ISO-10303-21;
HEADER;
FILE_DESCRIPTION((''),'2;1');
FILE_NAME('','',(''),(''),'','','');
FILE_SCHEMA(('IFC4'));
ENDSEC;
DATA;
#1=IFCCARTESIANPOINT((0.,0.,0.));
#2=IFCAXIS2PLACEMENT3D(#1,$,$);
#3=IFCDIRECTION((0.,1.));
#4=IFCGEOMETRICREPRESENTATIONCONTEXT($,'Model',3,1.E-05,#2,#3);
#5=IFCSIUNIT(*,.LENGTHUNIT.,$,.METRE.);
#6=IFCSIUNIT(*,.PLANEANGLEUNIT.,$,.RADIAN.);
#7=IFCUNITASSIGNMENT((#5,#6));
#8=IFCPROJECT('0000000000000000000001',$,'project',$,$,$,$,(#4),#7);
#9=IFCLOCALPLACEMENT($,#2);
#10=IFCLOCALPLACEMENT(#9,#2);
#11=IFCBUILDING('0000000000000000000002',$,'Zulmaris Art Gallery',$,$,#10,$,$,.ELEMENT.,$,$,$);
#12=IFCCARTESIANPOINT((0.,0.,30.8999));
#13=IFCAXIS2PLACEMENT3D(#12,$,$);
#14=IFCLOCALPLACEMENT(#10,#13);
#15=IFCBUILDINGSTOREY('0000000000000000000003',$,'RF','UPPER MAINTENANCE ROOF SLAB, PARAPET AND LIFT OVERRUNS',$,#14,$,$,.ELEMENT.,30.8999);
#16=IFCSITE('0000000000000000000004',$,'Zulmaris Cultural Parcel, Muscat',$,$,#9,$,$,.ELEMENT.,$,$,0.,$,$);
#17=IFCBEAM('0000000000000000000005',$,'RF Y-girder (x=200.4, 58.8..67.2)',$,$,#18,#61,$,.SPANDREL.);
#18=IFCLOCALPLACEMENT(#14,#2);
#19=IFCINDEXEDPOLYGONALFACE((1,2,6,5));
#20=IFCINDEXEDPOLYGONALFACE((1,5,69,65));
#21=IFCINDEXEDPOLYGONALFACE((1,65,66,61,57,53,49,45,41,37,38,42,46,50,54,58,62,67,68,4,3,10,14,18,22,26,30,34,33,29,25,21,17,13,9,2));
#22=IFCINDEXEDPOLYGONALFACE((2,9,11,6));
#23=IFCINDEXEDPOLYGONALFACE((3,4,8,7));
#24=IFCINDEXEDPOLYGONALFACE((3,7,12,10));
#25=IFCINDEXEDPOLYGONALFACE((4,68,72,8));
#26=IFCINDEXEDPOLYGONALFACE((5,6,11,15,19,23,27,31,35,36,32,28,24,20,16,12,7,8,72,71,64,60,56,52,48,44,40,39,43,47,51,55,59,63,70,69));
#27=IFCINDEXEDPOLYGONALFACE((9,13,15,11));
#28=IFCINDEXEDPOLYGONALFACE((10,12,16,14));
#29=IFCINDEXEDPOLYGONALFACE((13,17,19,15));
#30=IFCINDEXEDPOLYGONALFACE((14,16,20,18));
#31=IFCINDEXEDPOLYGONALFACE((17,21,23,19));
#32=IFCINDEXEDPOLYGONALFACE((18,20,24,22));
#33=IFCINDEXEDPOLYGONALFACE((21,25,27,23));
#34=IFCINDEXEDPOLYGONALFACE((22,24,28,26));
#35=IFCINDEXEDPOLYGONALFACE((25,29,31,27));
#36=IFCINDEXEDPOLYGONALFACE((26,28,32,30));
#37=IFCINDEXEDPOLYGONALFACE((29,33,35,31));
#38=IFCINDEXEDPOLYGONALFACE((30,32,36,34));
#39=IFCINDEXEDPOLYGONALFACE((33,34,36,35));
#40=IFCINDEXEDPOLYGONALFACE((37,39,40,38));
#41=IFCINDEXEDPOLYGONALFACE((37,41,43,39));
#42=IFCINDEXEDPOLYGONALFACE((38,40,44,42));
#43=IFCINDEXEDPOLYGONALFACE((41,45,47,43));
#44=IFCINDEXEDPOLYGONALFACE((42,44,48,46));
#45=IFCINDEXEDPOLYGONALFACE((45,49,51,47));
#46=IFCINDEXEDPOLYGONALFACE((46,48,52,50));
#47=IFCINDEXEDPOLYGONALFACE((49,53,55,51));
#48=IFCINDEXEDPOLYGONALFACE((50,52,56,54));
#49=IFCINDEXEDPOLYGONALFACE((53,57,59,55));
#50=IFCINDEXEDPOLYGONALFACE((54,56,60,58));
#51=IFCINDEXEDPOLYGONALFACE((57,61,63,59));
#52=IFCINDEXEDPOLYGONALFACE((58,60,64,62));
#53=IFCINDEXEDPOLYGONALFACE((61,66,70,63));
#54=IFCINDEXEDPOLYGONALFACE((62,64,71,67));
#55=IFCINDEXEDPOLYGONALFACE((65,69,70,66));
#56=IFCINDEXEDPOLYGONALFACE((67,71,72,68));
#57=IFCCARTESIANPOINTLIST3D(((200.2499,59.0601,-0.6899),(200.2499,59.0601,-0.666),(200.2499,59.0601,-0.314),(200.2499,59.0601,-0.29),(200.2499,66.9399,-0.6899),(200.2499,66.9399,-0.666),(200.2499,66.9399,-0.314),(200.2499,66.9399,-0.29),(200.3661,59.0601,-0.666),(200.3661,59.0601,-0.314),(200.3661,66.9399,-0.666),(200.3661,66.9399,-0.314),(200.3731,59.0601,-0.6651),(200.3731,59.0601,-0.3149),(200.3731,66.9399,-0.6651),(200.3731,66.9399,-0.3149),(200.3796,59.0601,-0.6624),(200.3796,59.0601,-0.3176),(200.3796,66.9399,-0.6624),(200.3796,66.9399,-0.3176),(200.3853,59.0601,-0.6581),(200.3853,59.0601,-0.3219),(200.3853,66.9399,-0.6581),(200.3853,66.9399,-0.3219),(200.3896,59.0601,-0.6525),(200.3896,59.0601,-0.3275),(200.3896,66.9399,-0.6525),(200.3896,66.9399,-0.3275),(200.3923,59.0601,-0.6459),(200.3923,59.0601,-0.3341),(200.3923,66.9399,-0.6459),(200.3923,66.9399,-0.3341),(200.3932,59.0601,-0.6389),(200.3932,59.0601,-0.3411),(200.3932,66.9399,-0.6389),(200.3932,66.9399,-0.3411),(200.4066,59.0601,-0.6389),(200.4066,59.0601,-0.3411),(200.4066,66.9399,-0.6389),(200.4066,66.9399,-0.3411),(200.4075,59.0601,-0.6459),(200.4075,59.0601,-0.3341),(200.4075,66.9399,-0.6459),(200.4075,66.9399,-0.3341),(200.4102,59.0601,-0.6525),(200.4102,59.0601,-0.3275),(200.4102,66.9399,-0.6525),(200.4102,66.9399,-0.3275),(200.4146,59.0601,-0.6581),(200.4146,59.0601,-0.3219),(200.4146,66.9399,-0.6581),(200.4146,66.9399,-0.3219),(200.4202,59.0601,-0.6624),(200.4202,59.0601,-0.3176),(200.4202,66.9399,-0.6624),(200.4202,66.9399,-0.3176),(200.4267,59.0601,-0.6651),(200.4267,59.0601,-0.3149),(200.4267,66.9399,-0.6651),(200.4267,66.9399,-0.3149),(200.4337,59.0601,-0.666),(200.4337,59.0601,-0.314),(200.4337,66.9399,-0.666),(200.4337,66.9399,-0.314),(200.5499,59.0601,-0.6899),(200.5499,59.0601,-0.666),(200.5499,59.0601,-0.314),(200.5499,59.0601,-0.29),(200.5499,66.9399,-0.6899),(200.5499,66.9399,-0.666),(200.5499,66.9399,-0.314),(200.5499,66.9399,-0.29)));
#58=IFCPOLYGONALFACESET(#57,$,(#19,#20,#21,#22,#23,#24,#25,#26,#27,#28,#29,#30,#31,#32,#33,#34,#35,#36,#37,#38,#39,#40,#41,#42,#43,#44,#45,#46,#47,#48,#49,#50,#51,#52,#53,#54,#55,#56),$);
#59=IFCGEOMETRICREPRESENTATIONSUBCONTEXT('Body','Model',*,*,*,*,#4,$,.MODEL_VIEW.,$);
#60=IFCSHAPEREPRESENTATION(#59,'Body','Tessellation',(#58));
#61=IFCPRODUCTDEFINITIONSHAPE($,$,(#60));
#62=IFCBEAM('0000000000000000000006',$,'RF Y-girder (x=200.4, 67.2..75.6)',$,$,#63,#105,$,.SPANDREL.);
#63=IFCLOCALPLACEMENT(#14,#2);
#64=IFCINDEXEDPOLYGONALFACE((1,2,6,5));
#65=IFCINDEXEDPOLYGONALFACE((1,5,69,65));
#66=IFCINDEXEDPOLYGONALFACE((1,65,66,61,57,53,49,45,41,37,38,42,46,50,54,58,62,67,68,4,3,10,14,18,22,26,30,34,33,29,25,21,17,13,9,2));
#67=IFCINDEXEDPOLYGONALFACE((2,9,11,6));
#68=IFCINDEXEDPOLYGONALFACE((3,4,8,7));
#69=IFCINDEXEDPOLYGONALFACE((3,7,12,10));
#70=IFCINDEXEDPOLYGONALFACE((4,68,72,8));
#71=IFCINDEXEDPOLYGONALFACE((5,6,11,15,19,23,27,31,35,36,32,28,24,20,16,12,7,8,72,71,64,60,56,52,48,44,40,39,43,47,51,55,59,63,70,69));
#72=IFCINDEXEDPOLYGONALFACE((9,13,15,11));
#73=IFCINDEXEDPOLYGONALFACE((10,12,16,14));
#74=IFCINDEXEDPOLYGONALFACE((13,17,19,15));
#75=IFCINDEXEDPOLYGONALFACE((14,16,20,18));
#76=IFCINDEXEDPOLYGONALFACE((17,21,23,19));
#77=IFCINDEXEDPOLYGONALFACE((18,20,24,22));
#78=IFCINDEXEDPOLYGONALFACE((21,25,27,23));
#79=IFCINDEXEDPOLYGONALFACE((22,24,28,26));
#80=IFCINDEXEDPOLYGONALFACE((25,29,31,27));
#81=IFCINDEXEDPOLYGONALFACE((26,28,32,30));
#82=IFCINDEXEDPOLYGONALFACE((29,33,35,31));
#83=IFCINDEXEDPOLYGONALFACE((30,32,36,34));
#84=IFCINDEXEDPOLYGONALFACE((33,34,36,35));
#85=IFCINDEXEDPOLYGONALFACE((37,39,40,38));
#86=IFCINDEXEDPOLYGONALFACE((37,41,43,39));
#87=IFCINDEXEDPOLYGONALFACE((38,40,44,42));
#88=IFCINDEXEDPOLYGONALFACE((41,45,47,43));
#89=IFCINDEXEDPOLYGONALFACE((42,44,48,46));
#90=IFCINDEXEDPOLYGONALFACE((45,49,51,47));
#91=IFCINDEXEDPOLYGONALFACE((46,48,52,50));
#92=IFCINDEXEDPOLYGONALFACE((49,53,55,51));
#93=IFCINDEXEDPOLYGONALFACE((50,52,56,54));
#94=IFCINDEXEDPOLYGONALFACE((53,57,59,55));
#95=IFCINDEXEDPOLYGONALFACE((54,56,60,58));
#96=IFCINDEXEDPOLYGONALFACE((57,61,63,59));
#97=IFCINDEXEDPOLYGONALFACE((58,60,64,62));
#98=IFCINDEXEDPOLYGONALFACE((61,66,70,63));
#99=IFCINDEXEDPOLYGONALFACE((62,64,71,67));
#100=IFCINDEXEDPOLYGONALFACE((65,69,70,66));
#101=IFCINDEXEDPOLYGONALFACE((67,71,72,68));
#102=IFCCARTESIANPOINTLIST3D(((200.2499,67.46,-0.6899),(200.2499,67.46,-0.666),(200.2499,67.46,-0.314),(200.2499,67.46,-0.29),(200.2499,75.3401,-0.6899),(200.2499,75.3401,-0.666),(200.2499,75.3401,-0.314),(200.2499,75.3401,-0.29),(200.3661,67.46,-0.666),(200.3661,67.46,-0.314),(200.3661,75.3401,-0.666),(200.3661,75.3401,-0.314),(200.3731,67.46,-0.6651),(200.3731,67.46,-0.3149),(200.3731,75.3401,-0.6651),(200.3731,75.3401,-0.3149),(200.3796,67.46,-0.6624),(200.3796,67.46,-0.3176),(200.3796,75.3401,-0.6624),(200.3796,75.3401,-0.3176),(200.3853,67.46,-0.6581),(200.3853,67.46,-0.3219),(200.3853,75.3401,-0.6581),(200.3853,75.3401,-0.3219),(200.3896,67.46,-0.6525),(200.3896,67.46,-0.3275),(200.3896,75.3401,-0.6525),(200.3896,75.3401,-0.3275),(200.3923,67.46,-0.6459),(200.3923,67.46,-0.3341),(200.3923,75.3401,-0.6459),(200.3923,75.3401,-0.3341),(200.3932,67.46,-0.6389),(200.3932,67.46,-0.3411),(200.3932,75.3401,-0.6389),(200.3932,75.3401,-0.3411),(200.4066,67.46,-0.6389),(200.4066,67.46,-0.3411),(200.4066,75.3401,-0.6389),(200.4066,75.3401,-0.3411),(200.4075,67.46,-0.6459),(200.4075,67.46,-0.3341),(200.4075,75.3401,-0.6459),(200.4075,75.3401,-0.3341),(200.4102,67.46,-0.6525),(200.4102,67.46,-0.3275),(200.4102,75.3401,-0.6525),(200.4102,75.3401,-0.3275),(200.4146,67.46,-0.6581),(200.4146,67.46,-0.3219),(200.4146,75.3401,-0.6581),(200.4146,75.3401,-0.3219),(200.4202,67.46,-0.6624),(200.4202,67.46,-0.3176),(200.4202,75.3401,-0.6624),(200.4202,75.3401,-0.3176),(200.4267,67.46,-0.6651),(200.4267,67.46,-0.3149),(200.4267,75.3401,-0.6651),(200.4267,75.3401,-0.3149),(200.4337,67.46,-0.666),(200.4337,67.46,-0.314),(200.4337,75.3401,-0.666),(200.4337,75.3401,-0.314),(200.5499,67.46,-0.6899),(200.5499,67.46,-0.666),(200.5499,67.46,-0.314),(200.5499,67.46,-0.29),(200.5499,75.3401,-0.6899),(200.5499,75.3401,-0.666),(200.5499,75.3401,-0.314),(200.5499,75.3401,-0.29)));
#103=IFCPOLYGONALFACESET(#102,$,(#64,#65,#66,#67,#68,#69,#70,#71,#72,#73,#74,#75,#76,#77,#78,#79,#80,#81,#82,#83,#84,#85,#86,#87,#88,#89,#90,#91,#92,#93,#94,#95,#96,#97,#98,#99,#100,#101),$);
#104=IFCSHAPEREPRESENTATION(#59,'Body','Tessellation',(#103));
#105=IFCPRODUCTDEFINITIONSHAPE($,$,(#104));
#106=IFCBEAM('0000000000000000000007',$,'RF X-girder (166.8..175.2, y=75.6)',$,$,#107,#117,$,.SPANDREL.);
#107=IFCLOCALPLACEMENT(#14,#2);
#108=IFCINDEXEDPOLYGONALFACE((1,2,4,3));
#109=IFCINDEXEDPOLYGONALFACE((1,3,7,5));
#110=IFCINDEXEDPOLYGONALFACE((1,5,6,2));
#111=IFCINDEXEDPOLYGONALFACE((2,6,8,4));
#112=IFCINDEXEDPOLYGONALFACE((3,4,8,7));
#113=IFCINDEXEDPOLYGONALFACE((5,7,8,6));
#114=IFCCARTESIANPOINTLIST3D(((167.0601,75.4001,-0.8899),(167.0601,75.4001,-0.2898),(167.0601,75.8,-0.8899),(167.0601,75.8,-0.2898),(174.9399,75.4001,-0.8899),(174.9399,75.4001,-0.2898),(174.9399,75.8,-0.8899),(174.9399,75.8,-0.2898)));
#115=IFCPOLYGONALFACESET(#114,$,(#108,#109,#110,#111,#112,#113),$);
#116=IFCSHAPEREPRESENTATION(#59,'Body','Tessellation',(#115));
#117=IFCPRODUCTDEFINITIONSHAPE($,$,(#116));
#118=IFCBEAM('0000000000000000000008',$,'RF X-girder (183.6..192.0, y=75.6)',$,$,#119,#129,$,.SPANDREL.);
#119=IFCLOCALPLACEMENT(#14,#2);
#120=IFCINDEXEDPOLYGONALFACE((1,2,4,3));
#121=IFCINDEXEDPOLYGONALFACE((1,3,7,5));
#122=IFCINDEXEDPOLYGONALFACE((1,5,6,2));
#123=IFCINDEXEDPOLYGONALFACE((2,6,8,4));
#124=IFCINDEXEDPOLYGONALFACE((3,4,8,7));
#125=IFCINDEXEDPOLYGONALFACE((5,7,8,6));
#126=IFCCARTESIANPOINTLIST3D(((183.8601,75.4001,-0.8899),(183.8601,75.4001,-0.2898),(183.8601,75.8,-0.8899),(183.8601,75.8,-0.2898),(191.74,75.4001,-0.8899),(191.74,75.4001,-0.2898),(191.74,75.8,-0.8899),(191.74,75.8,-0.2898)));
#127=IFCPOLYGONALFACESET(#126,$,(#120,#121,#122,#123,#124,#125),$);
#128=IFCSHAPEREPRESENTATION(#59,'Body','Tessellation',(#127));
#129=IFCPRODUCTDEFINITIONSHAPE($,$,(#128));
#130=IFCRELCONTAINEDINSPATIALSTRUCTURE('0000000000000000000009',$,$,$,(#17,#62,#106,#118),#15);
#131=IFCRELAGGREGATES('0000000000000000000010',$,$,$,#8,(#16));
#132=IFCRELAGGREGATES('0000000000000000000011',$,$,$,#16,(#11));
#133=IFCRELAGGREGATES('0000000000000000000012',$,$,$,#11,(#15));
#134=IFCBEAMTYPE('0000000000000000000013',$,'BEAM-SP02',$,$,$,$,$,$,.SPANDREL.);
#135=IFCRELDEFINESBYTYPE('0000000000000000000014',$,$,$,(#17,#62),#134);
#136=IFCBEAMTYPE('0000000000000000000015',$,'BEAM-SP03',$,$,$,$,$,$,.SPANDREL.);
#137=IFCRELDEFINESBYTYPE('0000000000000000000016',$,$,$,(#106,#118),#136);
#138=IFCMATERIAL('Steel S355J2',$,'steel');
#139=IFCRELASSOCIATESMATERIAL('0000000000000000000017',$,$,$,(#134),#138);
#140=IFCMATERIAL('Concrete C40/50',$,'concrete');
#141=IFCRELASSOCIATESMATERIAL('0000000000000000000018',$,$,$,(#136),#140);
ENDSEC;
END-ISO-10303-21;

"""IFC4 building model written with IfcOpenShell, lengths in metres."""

from ifc_helpers import new_model, si_unit, direction, frame, origin, origin_2d, place, context, subcontext, project, spatial, rectangle, i_section, extrude, material, material_profile, profile_set, type_object, element, save


model = new_model("IFC4")

# Units and contexts
model_context = context("Model", 3, precision=1e-05, world=origin(), true_north=direction((0.0, 1.0)))
body_context = subcontext(model_context, "Body", "Model", "MODEL_VIEW")
ifc_project = project(units=[si_unit("LENGTHUNIT", "METRE"), si_unit("PLANEANGLEUNIT", "RADIAN")], contexts=[model_context])

# Site, building, storey
site_placement = place(None, origin())
site = spatial("IfcSite", under=ifc_project, at=site_placement, Name="Zulmaris Cultural Parcel, Muscat", CompositionType="ELEMENT", RefElevation=0.0)
building_placement = place(site_placement, origin())
building = spatial("IfcBuilding", under=site, at=building_placement, Name="Zulmaris Art Gallery", CompositionType="ELEMENT")
storey_placement = place(building_placement, frame((0.0, 0.0, 30.8999)))
storey = spatial("IfcBuildingStorey", under=building, at=storey_placement, Name="RF", Description="UPPER MAINTENANCE ROOF SLAB, PARAPET AND LIFT OVERRUNS", CompositionType="ELEMENT", Elevation=30.8999)

# Beams
ifc_material_1 = material(Name="Steel S355J2", Category="steel")
ifc_material_profile_1 = material_profile(ifc_material_1, i_section(OverallWidth=0.3, OverallDepth=0.3999, WebThickness=0.0134, FlangeThickness=0.0239, FilletRadius=0.0271, at=origin_2d()), Name="HEB 400")
ifc_profile_set_1 = profile_set([ifc_material_profile_1], Name="Steel S355J2")
beam_type_1 = type_object("IfcBeamType", Name="BEAM-SP02", PredefinedType="SPANDREL", material=ifc_profile_set_1)
beam_1_placement = place(storey_placement, frame((200.3999, 59.0601, -0.49), z_axis=(0.0, 1.0, 0.0), x_axis=(-1.0, 0.0, 0.0)))
element("IfcBeam", 1, at=beam_1_placement, inside=storey, type_object=beam_type_1, Name="RF Y-girder (x=200.4, 58.8..67.2)", PredefinedType="SPANDREL", context=body_context, shape_type="SweptSolid", body=[
    extrude(i_section(OverallWidth=0.3, OverallDepth=0.3999, WebThickness=0.0134, FlangeThickness=0.0239, FilletRadius=0.0271, at=origin_2d()), origin(), (0.0, 0.0, 1.0), 7.8799),
])
beam_2_placement = place(storey_placement, frame((200.3999, 67.46, -0.49), z_axis=(0.0, 1.0, 0.0), x_axis=(-1.0, 0.0, 0.0)))
element("IfcBeam", 2, at=beam_2_placement, inside=storey, type_object=beam_type_1, Name="RF Y-girder (x=200.4, 67.2..75.6)", PredefinedType="SPANDREL", context=body_context, shape_type="SweptSolid", body=[
    extrude(i_section(OverallWidth=0.3, OverallDepth=0.3999, WebThickness=0.0134, FlangeThickness=0.0239, FilletRadius=0.0271, at=origin_2d()), origin(), (0.0, 0.0, 1.0), 7.8801),
])
ifc_material_2 = material(Name="Concrete C40/50", Category="concrete")
ifc_material_profile_2 = material_profile(ifc_material_2, rectangle(XDim=0.3999, YDim=0.6001, at=origin_2d()), Name="RC 400x600")
ifc_profile_set_2 = profile_set([ifc_material_profile_2], Name="Concrete C40/50")
beam_type_2 = type_object("IfcBeamType", Name="BEAM-SP03", PredefinedType="SPANDREL", material=ifc_profile_set_2)
for number, where, z_axis, x_axis, name in (
    (3, (167.0601, 75.6001, -0.5898), (1.0, 0.0, 0.0), (0.0, 1.0, 0.0), "RF X-girder (166.8..175.2, y=75.6)"),
    (4, (183.8601, 75.6001, -0.5898), (1.0, 0.0, 0.0), (0.0, 1.0, 0.0), "RF X-girder (183.6..192.0, y=75.6)"),
):
    element("IfcBeam", number, at=place(storey_placement, frame(where, z_axis=z_axis, x_axis=x_axis)), inside=storey, type_object=beam_type_2, Name=name, PredefinedType="SPANDREL", context=body_context, shape_type="SweptSolid", body=[
        extrude(rectangle(XDim=0.3999, YDim=0.6001, at=origin_2d()), origin(), (0.0, 0.0, 1.0), 7.8799),
    ])

save(model, "model.ifc")
